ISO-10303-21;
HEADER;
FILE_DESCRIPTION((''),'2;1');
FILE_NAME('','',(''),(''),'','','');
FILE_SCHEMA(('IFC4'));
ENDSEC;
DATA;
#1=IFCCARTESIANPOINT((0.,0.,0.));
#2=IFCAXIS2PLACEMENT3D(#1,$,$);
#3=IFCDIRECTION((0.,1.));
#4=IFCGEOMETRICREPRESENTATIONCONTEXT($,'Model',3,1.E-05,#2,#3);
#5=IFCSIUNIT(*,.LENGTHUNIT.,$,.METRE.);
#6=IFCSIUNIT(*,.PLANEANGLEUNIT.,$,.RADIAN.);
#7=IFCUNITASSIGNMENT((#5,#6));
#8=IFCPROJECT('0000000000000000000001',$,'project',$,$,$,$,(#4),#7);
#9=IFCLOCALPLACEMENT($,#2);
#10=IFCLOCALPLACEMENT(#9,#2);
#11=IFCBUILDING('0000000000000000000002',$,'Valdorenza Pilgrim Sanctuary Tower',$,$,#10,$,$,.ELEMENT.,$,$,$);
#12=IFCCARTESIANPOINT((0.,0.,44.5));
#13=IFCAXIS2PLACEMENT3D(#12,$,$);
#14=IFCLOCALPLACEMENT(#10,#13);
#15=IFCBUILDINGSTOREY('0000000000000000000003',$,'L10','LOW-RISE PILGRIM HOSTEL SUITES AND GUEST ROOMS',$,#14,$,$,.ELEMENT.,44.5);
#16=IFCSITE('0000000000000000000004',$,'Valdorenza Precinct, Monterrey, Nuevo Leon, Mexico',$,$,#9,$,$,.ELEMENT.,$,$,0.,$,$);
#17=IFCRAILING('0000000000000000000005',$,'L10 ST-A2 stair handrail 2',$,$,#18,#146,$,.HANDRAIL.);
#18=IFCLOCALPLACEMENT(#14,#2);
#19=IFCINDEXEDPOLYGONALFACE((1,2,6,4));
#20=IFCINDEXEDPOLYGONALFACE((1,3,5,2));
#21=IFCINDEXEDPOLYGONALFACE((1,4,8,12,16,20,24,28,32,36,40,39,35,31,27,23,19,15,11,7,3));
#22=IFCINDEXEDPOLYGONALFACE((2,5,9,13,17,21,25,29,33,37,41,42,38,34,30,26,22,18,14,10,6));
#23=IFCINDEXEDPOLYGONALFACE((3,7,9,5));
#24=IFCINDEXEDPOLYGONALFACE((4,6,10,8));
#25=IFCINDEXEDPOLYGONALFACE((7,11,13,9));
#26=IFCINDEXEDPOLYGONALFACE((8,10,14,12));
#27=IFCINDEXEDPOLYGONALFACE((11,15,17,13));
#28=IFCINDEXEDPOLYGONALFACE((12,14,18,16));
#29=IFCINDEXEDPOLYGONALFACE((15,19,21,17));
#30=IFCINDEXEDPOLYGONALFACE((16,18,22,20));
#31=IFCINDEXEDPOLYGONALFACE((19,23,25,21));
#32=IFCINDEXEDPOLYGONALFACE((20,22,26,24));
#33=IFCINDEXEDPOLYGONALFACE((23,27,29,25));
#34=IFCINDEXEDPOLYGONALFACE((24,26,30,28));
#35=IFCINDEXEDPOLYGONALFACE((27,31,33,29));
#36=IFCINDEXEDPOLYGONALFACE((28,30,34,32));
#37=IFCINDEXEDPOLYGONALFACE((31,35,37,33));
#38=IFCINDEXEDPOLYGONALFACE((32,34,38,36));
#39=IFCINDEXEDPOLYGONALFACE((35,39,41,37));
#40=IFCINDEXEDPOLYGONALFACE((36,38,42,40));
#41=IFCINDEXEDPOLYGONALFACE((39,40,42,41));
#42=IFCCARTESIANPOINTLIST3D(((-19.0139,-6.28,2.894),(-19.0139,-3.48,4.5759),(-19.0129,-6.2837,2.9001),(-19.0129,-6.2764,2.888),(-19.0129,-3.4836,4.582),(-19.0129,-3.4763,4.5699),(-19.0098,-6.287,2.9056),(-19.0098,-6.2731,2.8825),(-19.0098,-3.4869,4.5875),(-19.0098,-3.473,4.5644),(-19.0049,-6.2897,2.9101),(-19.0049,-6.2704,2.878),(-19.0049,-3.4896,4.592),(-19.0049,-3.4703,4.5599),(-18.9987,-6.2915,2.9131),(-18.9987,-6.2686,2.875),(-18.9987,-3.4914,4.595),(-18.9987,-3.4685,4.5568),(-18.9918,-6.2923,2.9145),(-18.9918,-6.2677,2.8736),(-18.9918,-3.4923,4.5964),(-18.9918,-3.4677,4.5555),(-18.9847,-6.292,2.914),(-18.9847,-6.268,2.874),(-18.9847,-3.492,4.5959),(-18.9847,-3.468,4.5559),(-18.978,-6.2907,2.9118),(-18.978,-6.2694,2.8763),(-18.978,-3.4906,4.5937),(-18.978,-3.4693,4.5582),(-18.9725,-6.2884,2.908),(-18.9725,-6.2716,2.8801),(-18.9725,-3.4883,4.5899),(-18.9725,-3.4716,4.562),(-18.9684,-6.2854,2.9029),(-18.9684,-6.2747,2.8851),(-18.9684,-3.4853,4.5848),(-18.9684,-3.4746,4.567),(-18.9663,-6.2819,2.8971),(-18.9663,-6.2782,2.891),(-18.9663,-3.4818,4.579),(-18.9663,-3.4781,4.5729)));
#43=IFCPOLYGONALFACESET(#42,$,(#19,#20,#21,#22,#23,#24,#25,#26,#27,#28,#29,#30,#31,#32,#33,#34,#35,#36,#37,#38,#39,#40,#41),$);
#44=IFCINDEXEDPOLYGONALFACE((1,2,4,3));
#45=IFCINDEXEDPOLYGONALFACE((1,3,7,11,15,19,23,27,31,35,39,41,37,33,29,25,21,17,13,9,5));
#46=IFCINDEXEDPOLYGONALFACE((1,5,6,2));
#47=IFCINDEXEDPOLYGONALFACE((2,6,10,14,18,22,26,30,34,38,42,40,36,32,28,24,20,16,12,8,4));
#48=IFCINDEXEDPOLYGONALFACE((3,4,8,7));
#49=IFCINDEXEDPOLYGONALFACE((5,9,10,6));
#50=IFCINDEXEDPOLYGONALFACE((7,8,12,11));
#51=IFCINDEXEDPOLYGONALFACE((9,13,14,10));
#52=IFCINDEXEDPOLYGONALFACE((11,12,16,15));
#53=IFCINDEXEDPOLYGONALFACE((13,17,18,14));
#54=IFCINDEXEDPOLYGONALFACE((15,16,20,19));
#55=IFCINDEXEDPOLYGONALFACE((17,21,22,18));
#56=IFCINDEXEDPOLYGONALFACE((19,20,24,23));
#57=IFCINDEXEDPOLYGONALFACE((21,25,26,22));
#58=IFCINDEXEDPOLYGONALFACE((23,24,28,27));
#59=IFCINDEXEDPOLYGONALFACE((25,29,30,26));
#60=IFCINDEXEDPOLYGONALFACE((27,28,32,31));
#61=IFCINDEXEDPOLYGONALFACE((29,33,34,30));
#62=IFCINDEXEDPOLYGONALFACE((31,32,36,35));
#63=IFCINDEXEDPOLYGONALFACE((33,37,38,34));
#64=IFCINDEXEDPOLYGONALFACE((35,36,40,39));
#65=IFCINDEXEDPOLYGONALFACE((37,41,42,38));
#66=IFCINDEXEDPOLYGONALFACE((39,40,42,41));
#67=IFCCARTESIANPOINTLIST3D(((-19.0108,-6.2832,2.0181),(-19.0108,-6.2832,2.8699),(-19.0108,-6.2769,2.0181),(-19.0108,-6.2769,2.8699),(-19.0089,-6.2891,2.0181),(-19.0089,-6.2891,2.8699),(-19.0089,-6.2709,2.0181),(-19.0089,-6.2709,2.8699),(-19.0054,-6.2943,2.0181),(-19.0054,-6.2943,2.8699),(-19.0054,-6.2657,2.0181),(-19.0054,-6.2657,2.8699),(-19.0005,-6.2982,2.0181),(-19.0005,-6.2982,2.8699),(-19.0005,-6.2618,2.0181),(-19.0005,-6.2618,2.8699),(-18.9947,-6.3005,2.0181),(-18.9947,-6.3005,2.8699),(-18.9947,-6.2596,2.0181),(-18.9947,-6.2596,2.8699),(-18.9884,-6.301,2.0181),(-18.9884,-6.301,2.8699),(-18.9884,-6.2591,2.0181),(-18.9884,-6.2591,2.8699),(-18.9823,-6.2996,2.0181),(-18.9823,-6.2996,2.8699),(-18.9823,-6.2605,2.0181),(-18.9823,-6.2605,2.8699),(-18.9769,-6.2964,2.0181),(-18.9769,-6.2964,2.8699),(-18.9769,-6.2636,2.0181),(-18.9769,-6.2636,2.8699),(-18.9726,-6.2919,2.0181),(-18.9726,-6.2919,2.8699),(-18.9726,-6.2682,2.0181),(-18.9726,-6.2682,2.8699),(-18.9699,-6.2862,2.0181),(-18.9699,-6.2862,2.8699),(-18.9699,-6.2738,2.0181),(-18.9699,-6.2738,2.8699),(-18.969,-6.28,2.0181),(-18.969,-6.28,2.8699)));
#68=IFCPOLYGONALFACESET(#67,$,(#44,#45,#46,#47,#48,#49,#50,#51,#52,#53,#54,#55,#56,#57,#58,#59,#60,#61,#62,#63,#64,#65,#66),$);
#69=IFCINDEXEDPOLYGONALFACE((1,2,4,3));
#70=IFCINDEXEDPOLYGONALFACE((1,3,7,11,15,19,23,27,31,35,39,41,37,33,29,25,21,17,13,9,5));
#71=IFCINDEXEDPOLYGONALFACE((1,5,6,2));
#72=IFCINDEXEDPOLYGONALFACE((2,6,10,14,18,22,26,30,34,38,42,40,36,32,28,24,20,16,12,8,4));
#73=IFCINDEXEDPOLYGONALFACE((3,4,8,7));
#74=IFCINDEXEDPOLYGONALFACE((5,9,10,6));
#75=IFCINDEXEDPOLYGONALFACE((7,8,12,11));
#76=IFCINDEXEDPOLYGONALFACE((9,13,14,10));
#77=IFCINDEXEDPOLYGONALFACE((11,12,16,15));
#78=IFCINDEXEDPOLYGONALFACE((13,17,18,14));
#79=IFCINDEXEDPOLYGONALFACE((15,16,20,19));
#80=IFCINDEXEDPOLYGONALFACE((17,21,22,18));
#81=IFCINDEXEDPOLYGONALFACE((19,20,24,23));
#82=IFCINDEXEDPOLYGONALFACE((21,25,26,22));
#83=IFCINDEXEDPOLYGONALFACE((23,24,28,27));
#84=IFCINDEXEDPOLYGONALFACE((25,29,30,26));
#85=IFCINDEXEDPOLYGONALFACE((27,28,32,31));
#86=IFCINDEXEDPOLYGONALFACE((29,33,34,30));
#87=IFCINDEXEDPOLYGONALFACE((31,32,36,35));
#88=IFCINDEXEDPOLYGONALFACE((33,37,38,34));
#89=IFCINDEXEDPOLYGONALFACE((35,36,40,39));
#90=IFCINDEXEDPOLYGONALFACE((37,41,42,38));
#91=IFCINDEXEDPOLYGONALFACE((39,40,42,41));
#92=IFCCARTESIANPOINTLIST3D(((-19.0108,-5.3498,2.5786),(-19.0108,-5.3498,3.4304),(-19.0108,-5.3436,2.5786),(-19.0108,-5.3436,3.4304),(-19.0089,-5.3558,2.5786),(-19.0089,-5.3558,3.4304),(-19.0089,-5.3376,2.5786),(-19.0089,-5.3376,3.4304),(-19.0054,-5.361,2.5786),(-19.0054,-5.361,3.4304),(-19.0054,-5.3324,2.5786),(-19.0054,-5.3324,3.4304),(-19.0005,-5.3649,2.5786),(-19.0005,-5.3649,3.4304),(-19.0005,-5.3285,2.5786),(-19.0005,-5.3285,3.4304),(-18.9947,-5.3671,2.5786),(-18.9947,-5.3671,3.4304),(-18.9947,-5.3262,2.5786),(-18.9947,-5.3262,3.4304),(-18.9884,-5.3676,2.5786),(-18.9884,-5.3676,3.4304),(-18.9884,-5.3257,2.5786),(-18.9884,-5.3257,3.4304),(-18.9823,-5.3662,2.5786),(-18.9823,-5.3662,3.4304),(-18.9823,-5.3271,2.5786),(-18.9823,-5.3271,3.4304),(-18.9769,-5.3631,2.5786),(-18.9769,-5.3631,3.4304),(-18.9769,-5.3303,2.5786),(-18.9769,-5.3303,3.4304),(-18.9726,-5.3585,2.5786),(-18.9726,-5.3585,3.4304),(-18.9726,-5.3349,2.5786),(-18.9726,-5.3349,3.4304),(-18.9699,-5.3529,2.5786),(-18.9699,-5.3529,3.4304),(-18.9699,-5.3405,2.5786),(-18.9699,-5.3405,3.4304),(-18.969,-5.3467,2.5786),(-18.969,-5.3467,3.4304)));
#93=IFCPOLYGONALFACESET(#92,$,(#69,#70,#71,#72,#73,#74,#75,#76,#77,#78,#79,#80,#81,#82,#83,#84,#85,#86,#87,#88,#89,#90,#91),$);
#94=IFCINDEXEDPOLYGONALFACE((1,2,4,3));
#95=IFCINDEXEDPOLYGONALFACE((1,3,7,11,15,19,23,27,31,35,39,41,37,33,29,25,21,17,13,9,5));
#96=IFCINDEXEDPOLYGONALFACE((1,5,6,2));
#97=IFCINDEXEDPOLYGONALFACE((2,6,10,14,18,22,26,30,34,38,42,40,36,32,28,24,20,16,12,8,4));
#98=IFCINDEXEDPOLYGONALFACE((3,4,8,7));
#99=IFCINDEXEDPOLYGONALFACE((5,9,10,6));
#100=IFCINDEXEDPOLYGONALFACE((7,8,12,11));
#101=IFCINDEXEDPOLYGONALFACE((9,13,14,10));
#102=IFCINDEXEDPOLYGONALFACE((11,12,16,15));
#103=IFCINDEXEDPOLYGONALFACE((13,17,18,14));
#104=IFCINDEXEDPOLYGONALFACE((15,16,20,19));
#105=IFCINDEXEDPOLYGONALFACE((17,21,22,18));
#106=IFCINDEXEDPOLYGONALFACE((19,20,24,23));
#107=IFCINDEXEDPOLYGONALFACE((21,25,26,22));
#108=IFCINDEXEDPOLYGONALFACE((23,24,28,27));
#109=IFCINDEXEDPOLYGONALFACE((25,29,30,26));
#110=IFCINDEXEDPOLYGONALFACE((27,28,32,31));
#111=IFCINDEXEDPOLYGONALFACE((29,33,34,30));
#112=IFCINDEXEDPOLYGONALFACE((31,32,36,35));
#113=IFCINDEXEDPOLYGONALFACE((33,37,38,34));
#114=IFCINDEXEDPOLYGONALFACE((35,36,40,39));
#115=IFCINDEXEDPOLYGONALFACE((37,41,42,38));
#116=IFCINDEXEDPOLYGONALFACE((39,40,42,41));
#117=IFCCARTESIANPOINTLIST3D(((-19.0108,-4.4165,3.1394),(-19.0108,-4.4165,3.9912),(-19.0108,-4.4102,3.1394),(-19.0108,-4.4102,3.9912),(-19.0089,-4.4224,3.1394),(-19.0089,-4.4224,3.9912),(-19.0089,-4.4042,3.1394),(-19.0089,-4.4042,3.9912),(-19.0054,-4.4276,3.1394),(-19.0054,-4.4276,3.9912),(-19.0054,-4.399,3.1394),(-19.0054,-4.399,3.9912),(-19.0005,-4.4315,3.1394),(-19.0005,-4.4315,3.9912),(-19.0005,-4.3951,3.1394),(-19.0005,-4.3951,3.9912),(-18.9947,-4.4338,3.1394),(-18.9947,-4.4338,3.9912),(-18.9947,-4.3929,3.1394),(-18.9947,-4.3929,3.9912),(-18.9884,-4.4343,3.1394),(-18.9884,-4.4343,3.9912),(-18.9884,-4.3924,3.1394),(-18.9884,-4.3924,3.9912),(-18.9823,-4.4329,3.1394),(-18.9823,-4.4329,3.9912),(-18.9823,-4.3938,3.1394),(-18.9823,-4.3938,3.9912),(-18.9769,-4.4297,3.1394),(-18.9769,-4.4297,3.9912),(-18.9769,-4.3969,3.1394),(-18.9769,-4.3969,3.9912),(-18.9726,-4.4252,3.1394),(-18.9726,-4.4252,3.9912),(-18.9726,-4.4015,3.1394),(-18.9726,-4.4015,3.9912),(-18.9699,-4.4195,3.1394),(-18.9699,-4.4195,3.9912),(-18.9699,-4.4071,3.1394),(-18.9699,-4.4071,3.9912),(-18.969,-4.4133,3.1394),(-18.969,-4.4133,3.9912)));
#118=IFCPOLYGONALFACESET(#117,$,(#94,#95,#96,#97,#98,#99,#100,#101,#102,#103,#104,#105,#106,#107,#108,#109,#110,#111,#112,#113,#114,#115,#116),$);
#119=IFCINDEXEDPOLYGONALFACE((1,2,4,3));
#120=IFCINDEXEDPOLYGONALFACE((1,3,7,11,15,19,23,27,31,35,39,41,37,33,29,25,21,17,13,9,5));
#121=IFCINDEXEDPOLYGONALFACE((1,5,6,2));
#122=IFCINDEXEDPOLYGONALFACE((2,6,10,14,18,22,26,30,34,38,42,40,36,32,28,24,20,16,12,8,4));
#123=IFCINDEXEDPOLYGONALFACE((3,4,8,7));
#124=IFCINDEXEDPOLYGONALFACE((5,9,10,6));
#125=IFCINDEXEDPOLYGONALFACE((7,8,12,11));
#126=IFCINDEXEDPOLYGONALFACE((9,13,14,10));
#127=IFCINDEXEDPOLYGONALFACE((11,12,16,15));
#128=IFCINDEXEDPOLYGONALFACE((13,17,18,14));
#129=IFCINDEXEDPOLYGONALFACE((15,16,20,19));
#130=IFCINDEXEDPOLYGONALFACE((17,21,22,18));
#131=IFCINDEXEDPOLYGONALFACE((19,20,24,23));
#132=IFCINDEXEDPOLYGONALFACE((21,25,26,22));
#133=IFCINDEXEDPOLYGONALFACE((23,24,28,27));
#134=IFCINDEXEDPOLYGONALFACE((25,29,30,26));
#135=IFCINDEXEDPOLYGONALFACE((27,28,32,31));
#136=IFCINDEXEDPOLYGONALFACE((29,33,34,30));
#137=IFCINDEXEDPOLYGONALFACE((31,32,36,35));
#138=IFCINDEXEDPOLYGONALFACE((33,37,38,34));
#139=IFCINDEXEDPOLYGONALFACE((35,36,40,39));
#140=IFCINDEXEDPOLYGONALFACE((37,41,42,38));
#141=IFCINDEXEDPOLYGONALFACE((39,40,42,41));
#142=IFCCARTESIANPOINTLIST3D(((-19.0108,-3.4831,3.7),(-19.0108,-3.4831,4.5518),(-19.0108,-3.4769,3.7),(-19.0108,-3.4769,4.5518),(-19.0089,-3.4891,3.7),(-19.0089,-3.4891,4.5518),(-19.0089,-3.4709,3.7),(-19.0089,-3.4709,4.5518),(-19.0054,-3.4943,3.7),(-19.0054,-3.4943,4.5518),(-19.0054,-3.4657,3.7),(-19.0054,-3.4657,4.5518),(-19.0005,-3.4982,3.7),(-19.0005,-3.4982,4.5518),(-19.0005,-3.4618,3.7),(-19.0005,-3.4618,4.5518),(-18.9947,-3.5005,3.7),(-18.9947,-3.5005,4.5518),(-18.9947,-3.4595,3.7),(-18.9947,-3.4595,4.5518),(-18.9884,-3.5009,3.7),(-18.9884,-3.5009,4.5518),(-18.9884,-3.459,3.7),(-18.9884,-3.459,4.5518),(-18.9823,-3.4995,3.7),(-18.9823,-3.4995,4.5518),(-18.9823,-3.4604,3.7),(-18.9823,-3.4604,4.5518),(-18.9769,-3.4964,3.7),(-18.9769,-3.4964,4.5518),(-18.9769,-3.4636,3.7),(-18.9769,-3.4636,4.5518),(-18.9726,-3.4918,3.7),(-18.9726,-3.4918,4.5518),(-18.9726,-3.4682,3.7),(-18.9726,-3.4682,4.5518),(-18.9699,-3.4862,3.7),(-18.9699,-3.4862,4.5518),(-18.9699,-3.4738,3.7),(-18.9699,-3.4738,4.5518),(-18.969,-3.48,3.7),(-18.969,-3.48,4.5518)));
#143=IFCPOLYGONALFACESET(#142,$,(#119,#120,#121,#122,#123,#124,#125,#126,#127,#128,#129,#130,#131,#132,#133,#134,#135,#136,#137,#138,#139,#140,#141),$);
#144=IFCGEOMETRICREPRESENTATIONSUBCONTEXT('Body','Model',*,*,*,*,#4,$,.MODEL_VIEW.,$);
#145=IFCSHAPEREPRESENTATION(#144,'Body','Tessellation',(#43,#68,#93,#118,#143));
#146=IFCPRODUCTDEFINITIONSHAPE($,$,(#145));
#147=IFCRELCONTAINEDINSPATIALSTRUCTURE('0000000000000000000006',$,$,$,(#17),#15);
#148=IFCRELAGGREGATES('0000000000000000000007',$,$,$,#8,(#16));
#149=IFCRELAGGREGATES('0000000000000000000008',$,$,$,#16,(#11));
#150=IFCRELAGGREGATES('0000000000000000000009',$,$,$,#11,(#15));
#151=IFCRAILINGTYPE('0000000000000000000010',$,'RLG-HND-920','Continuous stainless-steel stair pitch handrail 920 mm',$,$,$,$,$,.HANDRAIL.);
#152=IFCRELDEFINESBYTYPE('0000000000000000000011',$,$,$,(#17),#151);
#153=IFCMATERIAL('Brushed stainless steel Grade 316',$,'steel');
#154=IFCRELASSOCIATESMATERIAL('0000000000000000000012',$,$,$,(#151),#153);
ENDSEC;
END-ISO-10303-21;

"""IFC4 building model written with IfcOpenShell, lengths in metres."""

from ifc_helpers import new_model, si_unit, direction, frame, origin, origin_2d, place, context, subcontext, project, spatial, circle, extrude, material, type_object, element, save


model = new_model("IFC4")

# Units and contexts
model_context = context("Model", 3, precision=1e-05, world=origin(), true_north=direction((0.0, 1.0)))
body_context = subcontext(model_context, "Body", "Model", "MODEL_VIEW")
ifc_project = project(units=[si_unit("LENGTHUNIT", "METRE"), si_unit("PLANEANGLEUNIT", "RADIAN")], contexts=[model_context])

# Site, building, storey
site_placement = place(None, origin())
site = spatial("IfcSite", under=ifc_project, at=site_placement, Name="Valdorenza Precinct, Monterrey, Nuevo Leon, Mexico", CompositionType="ELEMENT", RefElevation=0.0)
building_placement = place(site_placement, origin())
building = spatial("IfcBuilding", under=site, at=building_placement, Name="Valdorenza Pilgrim Sanctuary Tower", CompositionType="ELEMENT")
storey_placement = place(building_placement, frame((0.0, 0.0, 44.5)))
storey = spatial("IfcBuildingStorey", under=building, at=storey_placement, Name="L10", Description="LOW-RISE PILGRIM HOSTEL SUITES AND GUEST ROOMS", CompositionType="ELEMENT", Elevation=44.5)

# Shared definitions
ifc_material_1 = material(Name="Brushed stainless steel Grade 316", Category="steel")

# Railing
railing_type_1 = type_object("IfcRailingType", Name="RLG-HND-920", Description="Continuous stainless-steel stair pitch handrail 920 mm", PredefinedType="HANDRAIL", material=ifc_material_1)
railing_1_placement = place(storey_placement, frame((-18.99, -6.28, 2.0181)))
element("IfcRailing", 1, at=railing_1_placement, inside=storey, type_object=railing_type_1, Name="L10 ST-A2 stair handrail 2", PredefinedType="HANDRAIL", context=body_context, shape_type="SweptSolid", body=[
    extrude(circle(Radius=0.0239, at=origin_2d()), frame((0.0, 0.0, 0.876), z_axis=(0.0, 0.857242, 0.514913), x_axis=(-1.0, 0.0, 0.0)), (0.0, 0.0, 1.0), 3.2664),
    extrude(circle(Radius=0.021, at=origin_2d()), origin(), (0.0, 0.0, 1.0), 0.8518),
    extrude(circle(Radius=0.021, at=origin_2d()), frame((0.0, 0.9333, 0.5605)), (0.0, 0.0, 1.0), 0.8518),
    extrude(circle(Radius=0.021, at=origin_2d()), frame((0.0, 1.8667, 1.1213)), (0.0, 0.0, 1.0), 0.8518),
    extrude(circle(Radius=0.021, at=origin_2d()), frame((0.0, 2.8, 1.6819)), (0.0, 0.0, 1.0), 0.8518),
])

save(model, "model.ifc")
